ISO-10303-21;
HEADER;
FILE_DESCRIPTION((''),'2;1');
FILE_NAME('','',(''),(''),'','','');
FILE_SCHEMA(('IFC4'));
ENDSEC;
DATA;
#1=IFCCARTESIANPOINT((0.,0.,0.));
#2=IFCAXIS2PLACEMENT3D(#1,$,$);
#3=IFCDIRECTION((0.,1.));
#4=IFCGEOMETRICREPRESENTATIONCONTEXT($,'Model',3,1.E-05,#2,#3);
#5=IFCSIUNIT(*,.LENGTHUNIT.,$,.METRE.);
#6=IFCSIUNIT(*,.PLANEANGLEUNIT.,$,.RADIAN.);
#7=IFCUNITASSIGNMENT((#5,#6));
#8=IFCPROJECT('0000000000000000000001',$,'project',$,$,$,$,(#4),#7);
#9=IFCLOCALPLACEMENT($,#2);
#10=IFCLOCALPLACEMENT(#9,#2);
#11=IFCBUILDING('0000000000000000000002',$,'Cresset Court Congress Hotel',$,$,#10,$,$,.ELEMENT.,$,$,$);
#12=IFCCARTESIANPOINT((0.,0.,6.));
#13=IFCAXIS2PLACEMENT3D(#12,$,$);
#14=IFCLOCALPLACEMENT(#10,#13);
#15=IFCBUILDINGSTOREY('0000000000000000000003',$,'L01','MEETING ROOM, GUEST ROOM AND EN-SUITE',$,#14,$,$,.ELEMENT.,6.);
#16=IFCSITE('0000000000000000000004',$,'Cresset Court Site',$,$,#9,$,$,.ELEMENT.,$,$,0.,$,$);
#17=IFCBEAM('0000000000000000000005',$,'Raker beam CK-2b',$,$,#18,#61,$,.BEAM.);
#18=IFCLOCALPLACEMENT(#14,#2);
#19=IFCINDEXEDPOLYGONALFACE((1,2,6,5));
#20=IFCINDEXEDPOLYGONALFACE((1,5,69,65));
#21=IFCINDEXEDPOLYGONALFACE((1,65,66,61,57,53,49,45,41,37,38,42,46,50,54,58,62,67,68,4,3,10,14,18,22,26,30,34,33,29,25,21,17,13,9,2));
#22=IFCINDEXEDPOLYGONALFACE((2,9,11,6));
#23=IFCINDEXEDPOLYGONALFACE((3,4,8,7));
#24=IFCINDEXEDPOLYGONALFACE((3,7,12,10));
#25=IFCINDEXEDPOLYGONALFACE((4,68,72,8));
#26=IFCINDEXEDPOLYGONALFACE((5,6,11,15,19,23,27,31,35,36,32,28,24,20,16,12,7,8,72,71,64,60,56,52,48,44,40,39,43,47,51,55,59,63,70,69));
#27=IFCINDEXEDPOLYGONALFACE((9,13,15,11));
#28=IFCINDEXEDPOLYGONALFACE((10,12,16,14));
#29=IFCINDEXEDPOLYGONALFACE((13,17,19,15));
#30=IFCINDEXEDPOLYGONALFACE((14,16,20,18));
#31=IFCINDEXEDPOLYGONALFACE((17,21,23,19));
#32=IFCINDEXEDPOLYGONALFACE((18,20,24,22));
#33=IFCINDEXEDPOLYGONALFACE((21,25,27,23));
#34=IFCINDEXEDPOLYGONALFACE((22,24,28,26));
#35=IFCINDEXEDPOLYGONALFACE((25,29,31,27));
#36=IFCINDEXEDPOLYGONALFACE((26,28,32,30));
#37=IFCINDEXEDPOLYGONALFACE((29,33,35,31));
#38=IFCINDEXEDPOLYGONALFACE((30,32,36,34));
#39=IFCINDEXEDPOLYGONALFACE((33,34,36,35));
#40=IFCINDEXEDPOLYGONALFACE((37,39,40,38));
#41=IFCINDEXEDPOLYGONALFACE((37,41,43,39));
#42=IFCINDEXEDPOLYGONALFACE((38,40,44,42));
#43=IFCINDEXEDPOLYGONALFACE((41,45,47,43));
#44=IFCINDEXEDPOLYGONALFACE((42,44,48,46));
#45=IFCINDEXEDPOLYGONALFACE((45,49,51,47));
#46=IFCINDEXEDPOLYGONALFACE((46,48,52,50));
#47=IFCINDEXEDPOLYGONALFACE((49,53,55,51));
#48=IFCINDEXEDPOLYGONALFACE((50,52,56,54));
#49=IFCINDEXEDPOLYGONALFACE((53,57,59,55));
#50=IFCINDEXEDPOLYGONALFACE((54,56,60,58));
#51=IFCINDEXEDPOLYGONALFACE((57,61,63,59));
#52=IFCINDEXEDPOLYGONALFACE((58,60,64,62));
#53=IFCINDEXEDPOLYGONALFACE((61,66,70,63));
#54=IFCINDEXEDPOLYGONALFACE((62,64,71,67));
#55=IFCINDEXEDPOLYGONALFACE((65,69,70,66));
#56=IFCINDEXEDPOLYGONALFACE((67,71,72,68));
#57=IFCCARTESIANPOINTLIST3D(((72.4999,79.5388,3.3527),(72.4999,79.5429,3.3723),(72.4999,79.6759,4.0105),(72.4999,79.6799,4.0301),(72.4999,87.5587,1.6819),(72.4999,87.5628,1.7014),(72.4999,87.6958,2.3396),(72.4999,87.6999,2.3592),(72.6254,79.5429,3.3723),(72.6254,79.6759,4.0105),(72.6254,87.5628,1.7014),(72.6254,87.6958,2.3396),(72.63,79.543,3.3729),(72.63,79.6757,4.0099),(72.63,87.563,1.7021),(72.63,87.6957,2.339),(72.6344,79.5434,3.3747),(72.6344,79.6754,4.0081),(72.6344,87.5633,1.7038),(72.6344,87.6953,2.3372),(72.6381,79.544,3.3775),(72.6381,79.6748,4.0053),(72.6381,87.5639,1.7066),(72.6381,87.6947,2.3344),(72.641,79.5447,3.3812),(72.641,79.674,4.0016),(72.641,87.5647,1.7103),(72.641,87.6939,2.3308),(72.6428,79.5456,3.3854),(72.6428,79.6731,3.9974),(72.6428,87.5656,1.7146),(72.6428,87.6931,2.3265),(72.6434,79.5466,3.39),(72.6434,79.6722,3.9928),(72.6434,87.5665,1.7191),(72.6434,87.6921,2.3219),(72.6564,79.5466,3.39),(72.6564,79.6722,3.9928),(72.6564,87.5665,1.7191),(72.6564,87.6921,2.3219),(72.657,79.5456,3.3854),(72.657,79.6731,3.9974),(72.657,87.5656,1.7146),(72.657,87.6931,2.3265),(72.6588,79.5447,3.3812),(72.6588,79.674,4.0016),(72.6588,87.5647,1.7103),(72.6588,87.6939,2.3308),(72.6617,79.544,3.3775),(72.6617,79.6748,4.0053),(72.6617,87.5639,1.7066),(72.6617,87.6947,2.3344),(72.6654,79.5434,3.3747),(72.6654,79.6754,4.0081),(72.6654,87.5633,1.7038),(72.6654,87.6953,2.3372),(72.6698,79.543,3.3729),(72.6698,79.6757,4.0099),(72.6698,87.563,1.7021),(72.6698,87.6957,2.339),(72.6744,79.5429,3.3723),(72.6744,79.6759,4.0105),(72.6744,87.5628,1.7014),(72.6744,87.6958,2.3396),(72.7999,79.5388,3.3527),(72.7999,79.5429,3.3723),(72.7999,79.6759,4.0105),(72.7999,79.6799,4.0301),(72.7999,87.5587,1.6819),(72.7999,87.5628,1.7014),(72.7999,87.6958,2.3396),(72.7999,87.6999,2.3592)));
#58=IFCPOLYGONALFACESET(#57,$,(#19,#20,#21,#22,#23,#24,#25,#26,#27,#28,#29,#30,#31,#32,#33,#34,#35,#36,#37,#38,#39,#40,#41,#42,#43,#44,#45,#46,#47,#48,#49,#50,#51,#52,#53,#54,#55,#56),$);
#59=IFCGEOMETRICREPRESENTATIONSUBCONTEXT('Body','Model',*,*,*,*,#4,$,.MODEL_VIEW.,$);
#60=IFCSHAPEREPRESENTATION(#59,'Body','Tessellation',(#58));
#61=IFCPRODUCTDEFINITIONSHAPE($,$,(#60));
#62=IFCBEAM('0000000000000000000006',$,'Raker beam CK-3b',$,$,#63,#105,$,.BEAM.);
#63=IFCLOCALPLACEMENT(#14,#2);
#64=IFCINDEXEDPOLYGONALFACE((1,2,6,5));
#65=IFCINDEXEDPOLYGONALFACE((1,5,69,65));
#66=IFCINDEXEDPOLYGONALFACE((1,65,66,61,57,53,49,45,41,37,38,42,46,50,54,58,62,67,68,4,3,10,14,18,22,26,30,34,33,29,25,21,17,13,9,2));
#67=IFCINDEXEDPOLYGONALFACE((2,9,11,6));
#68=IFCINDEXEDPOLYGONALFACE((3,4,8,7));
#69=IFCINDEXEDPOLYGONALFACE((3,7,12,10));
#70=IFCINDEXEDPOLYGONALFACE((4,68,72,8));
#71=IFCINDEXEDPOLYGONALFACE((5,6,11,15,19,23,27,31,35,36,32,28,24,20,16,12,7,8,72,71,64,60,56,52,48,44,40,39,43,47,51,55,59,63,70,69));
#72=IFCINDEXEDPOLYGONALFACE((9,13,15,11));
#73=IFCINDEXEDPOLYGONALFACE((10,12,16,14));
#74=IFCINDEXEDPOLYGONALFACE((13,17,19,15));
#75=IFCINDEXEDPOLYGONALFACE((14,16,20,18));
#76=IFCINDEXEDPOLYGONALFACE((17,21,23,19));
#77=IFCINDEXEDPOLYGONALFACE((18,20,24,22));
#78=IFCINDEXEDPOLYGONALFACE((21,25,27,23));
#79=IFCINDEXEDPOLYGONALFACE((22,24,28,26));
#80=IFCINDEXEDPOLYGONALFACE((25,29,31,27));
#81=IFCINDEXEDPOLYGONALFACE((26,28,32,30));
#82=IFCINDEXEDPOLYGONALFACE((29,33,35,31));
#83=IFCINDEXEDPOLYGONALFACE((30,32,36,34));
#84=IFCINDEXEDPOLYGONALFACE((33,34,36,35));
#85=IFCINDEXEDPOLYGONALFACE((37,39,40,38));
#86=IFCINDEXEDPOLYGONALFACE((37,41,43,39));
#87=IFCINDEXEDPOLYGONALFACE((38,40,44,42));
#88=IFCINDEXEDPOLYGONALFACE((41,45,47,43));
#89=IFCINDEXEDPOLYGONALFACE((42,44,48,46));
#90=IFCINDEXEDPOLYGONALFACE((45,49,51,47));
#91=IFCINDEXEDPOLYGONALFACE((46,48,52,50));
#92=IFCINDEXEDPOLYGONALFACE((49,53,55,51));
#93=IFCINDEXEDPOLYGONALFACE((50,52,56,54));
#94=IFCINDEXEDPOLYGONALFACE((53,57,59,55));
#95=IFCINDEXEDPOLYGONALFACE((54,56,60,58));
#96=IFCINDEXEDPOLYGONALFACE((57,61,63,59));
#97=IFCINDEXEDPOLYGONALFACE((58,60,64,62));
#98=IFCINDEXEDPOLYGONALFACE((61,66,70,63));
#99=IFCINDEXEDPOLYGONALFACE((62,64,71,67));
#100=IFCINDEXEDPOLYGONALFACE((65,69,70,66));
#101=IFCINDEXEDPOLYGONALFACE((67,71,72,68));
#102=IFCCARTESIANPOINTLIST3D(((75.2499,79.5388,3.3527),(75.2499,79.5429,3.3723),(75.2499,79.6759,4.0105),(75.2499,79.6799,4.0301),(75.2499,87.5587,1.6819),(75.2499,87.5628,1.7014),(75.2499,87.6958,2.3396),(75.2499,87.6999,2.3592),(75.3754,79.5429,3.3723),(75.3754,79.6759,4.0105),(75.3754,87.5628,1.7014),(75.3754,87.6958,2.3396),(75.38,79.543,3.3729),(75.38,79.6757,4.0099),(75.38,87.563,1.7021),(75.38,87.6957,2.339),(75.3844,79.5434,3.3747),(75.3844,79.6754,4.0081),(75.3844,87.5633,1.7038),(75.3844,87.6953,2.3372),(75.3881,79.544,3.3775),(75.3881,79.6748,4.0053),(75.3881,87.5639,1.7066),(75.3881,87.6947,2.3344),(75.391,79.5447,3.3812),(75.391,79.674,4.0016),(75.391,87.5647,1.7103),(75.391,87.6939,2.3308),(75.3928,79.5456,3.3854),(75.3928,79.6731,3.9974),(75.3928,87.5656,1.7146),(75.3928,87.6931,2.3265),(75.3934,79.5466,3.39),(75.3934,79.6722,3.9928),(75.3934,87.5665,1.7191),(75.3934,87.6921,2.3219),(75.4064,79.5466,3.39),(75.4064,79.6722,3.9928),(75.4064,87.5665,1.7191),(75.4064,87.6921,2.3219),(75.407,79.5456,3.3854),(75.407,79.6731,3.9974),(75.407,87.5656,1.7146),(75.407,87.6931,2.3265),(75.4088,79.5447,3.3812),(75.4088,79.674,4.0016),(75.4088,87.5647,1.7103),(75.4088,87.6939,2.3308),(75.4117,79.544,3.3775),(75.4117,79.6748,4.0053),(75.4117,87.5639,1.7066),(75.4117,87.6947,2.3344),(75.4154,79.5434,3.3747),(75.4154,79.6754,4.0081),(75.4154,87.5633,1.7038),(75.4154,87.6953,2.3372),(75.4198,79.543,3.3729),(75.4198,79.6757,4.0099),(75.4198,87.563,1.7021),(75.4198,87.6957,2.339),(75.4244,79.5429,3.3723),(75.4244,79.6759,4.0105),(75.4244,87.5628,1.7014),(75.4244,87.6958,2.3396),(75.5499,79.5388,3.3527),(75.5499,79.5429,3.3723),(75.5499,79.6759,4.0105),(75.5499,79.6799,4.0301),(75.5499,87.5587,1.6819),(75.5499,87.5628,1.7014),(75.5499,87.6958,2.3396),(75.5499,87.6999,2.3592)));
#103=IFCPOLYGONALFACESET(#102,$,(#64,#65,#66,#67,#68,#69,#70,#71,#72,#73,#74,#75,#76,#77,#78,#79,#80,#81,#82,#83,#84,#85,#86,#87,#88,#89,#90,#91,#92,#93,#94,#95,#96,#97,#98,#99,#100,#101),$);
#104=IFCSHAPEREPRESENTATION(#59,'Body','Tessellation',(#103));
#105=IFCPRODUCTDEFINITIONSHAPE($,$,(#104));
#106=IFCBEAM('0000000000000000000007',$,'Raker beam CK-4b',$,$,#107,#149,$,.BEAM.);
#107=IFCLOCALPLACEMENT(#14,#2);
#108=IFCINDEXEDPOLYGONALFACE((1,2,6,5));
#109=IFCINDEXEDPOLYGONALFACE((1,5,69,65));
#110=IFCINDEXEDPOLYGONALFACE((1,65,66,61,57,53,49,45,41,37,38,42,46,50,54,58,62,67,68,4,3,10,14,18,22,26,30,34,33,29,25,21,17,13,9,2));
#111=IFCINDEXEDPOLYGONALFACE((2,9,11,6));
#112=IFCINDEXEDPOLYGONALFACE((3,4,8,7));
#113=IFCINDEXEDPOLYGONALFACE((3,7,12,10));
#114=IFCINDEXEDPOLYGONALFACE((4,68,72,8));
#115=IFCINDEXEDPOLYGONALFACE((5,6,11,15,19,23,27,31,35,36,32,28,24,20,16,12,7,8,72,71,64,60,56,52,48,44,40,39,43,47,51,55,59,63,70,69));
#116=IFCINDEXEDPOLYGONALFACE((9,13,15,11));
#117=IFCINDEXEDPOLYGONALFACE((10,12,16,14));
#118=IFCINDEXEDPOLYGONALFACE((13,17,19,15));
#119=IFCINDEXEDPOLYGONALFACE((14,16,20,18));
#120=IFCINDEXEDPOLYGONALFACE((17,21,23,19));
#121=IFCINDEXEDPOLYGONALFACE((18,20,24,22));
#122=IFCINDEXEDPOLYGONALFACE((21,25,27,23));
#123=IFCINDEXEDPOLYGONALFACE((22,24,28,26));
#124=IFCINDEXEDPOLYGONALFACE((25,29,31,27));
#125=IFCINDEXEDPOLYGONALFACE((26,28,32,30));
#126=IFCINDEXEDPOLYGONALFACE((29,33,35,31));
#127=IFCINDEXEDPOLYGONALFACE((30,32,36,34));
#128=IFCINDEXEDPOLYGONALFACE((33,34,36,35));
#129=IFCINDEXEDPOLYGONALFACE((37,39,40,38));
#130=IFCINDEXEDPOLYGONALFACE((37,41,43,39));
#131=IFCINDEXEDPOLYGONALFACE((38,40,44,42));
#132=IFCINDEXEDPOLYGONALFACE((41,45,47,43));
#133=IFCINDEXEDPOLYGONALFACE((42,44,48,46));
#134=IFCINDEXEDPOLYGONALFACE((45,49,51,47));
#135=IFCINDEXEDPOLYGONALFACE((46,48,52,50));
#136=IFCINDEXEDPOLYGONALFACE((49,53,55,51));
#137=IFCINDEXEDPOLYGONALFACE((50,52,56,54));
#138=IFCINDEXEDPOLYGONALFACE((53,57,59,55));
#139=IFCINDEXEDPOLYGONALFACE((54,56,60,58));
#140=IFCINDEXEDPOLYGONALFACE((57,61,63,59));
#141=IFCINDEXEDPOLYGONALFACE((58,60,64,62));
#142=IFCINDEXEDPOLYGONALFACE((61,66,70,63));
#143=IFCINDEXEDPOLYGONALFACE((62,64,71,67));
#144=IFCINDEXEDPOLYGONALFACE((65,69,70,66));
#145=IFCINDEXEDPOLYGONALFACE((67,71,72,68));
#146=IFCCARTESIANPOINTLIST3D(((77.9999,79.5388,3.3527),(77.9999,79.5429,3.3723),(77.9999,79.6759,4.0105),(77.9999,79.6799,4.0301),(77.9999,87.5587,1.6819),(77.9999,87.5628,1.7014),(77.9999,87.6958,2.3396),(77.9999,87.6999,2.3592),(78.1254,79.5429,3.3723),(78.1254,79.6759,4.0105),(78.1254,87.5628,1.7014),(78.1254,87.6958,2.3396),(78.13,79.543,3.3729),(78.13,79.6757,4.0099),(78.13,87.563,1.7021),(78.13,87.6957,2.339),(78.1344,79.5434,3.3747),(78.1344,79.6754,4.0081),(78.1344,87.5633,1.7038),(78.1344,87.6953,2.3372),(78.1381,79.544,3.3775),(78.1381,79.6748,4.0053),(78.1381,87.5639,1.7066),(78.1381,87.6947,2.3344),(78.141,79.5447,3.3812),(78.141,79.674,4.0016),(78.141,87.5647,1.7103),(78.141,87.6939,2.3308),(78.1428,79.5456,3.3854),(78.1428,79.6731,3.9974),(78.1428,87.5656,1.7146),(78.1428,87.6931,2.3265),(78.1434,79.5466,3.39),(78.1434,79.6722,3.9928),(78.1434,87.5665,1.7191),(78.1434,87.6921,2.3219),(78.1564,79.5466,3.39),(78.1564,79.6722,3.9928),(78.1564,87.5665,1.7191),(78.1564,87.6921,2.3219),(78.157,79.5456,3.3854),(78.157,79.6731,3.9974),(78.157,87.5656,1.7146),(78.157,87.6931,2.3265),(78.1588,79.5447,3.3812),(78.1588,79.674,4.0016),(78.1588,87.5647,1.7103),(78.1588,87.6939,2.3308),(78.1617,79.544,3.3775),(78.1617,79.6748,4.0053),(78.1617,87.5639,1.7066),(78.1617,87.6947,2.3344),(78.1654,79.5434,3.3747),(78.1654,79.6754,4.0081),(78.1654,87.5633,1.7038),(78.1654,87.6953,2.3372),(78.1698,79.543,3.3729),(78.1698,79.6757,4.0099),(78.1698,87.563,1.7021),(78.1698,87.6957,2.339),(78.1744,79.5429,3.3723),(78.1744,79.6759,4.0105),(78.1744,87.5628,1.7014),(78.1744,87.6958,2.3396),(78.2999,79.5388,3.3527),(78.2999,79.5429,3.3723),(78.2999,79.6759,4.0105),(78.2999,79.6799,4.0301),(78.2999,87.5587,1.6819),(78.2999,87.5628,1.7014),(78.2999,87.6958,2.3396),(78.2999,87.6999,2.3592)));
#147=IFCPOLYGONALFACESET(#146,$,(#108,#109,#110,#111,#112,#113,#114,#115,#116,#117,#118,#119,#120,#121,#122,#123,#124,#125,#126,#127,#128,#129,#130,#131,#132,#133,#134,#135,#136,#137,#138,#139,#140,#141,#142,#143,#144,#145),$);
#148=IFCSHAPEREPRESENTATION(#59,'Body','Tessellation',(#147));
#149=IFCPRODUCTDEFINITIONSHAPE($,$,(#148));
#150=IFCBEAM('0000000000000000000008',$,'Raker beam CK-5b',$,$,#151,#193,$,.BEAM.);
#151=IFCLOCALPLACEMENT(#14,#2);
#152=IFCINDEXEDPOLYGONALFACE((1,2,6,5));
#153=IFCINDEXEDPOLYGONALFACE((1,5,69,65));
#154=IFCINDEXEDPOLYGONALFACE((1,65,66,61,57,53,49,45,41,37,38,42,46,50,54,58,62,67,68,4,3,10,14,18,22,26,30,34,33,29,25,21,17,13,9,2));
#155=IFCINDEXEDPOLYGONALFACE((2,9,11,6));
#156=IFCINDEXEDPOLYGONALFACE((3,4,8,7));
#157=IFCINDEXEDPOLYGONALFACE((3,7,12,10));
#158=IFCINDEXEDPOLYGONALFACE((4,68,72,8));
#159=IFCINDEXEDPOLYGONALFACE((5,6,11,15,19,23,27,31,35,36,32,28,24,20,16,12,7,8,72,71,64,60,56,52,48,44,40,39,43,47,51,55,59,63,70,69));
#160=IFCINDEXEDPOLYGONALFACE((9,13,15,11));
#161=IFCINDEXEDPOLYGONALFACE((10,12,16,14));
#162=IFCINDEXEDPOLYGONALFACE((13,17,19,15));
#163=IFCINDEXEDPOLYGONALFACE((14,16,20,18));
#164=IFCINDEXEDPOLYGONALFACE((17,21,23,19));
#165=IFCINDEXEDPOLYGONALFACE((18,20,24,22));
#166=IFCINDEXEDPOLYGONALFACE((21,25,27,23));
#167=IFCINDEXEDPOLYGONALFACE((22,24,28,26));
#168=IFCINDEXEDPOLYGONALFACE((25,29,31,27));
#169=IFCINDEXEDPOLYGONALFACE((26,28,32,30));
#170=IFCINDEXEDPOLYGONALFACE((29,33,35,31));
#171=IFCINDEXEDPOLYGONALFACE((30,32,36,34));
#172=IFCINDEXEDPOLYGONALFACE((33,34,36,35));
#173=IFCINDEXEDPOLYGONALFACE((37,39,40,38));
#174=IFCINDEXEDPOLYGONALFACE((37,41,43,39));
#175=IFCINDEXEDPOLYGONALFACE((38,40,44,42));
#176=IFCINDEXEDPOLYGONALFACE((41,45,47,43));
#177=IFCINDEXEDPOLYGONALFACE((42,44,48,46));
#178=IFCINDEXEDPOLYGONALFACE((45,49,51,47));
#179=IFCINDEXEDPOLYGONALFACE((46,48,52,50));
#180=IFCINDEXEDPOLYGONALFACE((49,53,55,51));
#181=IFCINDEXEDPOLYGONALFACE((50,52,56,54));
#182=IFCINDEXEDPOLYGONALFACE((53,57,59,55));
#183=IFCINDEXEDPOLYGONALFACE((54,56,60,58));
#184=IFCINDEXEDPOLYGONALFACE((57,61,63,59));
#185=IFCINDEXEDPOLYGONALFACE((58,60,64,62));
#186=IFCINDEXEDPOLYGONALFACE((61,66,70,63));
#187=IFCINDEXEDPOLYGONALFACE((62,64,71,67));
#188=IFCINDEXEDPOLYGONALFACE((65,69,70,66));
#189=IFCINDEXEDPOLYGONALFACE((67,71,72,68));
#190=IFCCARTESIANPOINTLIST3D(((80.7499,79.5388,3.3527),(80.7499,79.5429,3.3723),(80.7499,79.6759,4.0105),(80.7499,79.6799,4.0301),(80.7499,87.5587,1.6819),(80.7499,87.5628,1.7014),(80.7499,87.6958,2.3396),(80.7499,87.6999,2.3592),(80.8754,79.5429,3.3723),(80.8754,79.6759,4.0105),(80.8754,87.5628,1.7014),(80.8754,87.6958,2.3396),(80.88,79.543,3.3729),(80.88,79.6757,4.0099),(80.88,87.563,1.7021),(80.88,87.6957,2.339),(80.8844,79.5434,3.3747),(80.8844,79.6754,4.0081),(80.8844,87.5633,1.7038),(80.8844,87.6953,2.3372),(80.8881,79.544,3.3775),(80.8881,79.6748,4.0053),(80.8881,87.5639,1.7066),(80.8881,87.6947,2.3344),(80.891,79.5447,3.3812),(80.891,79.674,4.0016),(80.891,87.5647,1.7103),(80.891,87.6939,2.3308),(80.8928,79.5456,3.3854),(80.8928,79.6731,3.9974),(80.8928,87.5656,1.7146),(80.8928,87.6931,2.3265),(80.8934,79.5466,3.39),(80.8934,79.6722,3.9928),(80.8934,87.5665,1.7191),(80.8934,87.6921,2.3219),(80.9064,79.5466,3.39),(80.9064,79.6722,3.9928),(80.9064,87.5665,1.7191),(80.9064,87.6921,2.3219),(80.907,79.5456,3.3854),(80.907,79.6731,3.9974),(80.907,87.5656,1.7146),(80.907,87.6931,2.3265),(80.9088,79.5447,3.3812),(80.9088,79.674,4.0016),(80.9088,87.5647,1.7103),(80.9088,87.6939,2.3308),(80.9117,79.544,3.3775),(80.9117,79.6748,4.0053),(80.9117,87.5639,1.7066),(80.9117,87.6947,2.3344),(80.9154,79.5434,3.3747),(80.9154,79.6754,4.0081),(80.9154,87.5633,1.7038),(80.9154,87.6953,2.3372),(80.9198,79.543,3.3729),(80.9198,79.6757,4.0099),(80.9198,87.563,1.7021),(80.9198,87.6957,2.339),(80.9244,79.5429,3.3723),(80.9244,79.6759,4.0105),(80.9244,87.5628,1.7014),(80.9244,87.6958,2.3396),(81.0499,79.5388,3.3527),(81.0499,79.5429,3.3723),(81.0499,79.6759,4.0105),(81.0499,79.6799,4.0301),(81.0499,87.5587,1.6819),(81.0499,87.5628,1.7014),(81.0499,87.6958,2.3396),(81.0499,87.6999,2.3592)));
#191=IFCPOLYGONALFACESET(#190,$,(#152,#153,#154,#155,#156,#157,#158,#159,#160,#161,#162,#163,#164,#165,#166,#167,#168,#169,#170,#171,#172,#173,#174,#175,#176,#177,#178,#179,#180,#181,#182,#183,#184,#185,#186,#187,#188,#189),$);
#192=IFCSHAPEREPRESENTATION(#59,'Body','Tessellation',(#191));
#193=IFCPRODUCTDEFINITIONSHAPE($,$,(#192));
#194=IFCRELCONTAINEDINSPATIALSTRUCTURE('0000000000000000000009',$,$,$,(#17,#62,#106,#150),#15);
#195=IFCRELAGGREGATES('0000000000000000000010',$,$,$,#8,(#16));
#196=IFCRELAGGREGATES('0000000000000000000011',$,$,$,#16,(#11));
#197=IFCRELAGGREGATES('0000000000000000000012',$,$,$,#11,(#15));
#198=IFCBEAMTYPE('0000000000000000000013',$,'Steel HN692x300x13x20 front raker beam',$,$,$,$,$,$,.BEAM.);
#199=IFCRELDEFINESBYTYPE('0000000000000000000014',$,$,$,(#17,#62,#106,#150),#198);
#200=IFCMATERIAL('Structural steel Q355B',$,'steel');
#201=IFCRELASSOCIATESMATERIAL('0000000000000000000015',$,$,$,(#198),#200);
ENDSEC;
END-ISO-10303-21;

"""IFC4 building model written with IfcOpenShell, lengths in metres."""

from ifc_helpers import new_model, si_unit, direction, frame, origin, origin_2d, place, context, subcontext, project, spatial, i_section, extrude, material, material_profile, profile_set, type_object, element, save


model = new_model("IFC4")

# Units and contexts
model_context = context("Model", 3, precision=1e-05, world=origin(), true_north=direction((0.0, 1.0)))
body_context = subcontext(model_context, "Body", "Model", "MODEL_VIEW")
ifc_project = project(units=[si_unit("LENGTHUNIT", "METRE"), si_unit("PLANEANGLEUNIT", "RADIAN")], contexts=[model_context])

# Site, building, storey
site_placement = place(None, origin())
site = spatial("IfcSite", under=ifc_project, at=site_placement, Name="Cresset Court Site", CompositionType="ELEMENT", RefElevation=0.0)
building_placement = place(site_placement, origin())
building = spatial("IfcBuilding", under=site, at=building_placement, Name="Cresset Court Congress Hotel", CompositionType="ELEMENT")
storey_placement = place(building_placement, frame((0.0, 0.0, 6.0)))
storey = spatial("IfcBuildingStorey", under=building, at=storey_placement, Name="L01", Description="MEETING ROOM, GUEST ROOM AND EN-SUITE", CompositionType="ELEMENT", Elevation=6.0)

# Beams
ifc_material_1 = material(Name="Structural steel Q355B", Category="steel")
ifc_material_profile_1 = material_profile(ifc_material_1, i_section(OverallWidth=0.3, OverallDepth=0.6919, WebThickness=0.0129, FlangeThickness=0.02, FilletRadius=0.0181, at=origin_2d()), Name="HN692x300x13x20")
ifc_profile_set_1 = profile_set([ifc_material_profile_1], Name="Structural steel Q355B")
beam_type_1 = type_object("IfcBeamType", Name="Steel HN692x300x13x20 front raker beam", PredefinedType="BEAM", material=ifc_profile_set_1)
for number, where, z_axis, x_axis, name in (
    (1, (72.6499, 79.6094, 3.6914), (0.0, 0.978979, -0.203961), (-1.0, 0.0, 0.0), "Raker beam CK-2b"),
    (2, (75.3999, 79.6094, 3.6914), (0.0, 0.978979, -0.203961), (-1.0, 0.0, 0.0), "Raker beam CK-3b"),
    (3, (78.1499, 79.6094, 3.6914), (0.0, 0.978979, -0.203961), (-1.0, 0.0, 0.0), "Raker beam CK-4b"),
    (4, (80.8999, 79.6094, 3.6914), (0.0, 0.978979, -0.203961), (-1.0, 0.0, 0.0), "Raker beam CK-5b"),
):
    element("IfcBeam", number, at=place(storey_placement, frame(where, z_axis=z_axis, x_axis=x_axis)), inside=storey, type_object=beam_type_1, Name=name, PredefinedType="BEAM", context=body_context, shape_type="SweptSolid", body=[
        extrude(i_section(OverallWidth=0.3, OverallDepth=0.6919, WebThickness=0.0129, FlangeThickness=0.02, FilletRadius=0.0181, at=origin_2d()), origin(), (0.0, 0.0, 1.0), 8.1921),
    ])

save(model, "model.ifc")
